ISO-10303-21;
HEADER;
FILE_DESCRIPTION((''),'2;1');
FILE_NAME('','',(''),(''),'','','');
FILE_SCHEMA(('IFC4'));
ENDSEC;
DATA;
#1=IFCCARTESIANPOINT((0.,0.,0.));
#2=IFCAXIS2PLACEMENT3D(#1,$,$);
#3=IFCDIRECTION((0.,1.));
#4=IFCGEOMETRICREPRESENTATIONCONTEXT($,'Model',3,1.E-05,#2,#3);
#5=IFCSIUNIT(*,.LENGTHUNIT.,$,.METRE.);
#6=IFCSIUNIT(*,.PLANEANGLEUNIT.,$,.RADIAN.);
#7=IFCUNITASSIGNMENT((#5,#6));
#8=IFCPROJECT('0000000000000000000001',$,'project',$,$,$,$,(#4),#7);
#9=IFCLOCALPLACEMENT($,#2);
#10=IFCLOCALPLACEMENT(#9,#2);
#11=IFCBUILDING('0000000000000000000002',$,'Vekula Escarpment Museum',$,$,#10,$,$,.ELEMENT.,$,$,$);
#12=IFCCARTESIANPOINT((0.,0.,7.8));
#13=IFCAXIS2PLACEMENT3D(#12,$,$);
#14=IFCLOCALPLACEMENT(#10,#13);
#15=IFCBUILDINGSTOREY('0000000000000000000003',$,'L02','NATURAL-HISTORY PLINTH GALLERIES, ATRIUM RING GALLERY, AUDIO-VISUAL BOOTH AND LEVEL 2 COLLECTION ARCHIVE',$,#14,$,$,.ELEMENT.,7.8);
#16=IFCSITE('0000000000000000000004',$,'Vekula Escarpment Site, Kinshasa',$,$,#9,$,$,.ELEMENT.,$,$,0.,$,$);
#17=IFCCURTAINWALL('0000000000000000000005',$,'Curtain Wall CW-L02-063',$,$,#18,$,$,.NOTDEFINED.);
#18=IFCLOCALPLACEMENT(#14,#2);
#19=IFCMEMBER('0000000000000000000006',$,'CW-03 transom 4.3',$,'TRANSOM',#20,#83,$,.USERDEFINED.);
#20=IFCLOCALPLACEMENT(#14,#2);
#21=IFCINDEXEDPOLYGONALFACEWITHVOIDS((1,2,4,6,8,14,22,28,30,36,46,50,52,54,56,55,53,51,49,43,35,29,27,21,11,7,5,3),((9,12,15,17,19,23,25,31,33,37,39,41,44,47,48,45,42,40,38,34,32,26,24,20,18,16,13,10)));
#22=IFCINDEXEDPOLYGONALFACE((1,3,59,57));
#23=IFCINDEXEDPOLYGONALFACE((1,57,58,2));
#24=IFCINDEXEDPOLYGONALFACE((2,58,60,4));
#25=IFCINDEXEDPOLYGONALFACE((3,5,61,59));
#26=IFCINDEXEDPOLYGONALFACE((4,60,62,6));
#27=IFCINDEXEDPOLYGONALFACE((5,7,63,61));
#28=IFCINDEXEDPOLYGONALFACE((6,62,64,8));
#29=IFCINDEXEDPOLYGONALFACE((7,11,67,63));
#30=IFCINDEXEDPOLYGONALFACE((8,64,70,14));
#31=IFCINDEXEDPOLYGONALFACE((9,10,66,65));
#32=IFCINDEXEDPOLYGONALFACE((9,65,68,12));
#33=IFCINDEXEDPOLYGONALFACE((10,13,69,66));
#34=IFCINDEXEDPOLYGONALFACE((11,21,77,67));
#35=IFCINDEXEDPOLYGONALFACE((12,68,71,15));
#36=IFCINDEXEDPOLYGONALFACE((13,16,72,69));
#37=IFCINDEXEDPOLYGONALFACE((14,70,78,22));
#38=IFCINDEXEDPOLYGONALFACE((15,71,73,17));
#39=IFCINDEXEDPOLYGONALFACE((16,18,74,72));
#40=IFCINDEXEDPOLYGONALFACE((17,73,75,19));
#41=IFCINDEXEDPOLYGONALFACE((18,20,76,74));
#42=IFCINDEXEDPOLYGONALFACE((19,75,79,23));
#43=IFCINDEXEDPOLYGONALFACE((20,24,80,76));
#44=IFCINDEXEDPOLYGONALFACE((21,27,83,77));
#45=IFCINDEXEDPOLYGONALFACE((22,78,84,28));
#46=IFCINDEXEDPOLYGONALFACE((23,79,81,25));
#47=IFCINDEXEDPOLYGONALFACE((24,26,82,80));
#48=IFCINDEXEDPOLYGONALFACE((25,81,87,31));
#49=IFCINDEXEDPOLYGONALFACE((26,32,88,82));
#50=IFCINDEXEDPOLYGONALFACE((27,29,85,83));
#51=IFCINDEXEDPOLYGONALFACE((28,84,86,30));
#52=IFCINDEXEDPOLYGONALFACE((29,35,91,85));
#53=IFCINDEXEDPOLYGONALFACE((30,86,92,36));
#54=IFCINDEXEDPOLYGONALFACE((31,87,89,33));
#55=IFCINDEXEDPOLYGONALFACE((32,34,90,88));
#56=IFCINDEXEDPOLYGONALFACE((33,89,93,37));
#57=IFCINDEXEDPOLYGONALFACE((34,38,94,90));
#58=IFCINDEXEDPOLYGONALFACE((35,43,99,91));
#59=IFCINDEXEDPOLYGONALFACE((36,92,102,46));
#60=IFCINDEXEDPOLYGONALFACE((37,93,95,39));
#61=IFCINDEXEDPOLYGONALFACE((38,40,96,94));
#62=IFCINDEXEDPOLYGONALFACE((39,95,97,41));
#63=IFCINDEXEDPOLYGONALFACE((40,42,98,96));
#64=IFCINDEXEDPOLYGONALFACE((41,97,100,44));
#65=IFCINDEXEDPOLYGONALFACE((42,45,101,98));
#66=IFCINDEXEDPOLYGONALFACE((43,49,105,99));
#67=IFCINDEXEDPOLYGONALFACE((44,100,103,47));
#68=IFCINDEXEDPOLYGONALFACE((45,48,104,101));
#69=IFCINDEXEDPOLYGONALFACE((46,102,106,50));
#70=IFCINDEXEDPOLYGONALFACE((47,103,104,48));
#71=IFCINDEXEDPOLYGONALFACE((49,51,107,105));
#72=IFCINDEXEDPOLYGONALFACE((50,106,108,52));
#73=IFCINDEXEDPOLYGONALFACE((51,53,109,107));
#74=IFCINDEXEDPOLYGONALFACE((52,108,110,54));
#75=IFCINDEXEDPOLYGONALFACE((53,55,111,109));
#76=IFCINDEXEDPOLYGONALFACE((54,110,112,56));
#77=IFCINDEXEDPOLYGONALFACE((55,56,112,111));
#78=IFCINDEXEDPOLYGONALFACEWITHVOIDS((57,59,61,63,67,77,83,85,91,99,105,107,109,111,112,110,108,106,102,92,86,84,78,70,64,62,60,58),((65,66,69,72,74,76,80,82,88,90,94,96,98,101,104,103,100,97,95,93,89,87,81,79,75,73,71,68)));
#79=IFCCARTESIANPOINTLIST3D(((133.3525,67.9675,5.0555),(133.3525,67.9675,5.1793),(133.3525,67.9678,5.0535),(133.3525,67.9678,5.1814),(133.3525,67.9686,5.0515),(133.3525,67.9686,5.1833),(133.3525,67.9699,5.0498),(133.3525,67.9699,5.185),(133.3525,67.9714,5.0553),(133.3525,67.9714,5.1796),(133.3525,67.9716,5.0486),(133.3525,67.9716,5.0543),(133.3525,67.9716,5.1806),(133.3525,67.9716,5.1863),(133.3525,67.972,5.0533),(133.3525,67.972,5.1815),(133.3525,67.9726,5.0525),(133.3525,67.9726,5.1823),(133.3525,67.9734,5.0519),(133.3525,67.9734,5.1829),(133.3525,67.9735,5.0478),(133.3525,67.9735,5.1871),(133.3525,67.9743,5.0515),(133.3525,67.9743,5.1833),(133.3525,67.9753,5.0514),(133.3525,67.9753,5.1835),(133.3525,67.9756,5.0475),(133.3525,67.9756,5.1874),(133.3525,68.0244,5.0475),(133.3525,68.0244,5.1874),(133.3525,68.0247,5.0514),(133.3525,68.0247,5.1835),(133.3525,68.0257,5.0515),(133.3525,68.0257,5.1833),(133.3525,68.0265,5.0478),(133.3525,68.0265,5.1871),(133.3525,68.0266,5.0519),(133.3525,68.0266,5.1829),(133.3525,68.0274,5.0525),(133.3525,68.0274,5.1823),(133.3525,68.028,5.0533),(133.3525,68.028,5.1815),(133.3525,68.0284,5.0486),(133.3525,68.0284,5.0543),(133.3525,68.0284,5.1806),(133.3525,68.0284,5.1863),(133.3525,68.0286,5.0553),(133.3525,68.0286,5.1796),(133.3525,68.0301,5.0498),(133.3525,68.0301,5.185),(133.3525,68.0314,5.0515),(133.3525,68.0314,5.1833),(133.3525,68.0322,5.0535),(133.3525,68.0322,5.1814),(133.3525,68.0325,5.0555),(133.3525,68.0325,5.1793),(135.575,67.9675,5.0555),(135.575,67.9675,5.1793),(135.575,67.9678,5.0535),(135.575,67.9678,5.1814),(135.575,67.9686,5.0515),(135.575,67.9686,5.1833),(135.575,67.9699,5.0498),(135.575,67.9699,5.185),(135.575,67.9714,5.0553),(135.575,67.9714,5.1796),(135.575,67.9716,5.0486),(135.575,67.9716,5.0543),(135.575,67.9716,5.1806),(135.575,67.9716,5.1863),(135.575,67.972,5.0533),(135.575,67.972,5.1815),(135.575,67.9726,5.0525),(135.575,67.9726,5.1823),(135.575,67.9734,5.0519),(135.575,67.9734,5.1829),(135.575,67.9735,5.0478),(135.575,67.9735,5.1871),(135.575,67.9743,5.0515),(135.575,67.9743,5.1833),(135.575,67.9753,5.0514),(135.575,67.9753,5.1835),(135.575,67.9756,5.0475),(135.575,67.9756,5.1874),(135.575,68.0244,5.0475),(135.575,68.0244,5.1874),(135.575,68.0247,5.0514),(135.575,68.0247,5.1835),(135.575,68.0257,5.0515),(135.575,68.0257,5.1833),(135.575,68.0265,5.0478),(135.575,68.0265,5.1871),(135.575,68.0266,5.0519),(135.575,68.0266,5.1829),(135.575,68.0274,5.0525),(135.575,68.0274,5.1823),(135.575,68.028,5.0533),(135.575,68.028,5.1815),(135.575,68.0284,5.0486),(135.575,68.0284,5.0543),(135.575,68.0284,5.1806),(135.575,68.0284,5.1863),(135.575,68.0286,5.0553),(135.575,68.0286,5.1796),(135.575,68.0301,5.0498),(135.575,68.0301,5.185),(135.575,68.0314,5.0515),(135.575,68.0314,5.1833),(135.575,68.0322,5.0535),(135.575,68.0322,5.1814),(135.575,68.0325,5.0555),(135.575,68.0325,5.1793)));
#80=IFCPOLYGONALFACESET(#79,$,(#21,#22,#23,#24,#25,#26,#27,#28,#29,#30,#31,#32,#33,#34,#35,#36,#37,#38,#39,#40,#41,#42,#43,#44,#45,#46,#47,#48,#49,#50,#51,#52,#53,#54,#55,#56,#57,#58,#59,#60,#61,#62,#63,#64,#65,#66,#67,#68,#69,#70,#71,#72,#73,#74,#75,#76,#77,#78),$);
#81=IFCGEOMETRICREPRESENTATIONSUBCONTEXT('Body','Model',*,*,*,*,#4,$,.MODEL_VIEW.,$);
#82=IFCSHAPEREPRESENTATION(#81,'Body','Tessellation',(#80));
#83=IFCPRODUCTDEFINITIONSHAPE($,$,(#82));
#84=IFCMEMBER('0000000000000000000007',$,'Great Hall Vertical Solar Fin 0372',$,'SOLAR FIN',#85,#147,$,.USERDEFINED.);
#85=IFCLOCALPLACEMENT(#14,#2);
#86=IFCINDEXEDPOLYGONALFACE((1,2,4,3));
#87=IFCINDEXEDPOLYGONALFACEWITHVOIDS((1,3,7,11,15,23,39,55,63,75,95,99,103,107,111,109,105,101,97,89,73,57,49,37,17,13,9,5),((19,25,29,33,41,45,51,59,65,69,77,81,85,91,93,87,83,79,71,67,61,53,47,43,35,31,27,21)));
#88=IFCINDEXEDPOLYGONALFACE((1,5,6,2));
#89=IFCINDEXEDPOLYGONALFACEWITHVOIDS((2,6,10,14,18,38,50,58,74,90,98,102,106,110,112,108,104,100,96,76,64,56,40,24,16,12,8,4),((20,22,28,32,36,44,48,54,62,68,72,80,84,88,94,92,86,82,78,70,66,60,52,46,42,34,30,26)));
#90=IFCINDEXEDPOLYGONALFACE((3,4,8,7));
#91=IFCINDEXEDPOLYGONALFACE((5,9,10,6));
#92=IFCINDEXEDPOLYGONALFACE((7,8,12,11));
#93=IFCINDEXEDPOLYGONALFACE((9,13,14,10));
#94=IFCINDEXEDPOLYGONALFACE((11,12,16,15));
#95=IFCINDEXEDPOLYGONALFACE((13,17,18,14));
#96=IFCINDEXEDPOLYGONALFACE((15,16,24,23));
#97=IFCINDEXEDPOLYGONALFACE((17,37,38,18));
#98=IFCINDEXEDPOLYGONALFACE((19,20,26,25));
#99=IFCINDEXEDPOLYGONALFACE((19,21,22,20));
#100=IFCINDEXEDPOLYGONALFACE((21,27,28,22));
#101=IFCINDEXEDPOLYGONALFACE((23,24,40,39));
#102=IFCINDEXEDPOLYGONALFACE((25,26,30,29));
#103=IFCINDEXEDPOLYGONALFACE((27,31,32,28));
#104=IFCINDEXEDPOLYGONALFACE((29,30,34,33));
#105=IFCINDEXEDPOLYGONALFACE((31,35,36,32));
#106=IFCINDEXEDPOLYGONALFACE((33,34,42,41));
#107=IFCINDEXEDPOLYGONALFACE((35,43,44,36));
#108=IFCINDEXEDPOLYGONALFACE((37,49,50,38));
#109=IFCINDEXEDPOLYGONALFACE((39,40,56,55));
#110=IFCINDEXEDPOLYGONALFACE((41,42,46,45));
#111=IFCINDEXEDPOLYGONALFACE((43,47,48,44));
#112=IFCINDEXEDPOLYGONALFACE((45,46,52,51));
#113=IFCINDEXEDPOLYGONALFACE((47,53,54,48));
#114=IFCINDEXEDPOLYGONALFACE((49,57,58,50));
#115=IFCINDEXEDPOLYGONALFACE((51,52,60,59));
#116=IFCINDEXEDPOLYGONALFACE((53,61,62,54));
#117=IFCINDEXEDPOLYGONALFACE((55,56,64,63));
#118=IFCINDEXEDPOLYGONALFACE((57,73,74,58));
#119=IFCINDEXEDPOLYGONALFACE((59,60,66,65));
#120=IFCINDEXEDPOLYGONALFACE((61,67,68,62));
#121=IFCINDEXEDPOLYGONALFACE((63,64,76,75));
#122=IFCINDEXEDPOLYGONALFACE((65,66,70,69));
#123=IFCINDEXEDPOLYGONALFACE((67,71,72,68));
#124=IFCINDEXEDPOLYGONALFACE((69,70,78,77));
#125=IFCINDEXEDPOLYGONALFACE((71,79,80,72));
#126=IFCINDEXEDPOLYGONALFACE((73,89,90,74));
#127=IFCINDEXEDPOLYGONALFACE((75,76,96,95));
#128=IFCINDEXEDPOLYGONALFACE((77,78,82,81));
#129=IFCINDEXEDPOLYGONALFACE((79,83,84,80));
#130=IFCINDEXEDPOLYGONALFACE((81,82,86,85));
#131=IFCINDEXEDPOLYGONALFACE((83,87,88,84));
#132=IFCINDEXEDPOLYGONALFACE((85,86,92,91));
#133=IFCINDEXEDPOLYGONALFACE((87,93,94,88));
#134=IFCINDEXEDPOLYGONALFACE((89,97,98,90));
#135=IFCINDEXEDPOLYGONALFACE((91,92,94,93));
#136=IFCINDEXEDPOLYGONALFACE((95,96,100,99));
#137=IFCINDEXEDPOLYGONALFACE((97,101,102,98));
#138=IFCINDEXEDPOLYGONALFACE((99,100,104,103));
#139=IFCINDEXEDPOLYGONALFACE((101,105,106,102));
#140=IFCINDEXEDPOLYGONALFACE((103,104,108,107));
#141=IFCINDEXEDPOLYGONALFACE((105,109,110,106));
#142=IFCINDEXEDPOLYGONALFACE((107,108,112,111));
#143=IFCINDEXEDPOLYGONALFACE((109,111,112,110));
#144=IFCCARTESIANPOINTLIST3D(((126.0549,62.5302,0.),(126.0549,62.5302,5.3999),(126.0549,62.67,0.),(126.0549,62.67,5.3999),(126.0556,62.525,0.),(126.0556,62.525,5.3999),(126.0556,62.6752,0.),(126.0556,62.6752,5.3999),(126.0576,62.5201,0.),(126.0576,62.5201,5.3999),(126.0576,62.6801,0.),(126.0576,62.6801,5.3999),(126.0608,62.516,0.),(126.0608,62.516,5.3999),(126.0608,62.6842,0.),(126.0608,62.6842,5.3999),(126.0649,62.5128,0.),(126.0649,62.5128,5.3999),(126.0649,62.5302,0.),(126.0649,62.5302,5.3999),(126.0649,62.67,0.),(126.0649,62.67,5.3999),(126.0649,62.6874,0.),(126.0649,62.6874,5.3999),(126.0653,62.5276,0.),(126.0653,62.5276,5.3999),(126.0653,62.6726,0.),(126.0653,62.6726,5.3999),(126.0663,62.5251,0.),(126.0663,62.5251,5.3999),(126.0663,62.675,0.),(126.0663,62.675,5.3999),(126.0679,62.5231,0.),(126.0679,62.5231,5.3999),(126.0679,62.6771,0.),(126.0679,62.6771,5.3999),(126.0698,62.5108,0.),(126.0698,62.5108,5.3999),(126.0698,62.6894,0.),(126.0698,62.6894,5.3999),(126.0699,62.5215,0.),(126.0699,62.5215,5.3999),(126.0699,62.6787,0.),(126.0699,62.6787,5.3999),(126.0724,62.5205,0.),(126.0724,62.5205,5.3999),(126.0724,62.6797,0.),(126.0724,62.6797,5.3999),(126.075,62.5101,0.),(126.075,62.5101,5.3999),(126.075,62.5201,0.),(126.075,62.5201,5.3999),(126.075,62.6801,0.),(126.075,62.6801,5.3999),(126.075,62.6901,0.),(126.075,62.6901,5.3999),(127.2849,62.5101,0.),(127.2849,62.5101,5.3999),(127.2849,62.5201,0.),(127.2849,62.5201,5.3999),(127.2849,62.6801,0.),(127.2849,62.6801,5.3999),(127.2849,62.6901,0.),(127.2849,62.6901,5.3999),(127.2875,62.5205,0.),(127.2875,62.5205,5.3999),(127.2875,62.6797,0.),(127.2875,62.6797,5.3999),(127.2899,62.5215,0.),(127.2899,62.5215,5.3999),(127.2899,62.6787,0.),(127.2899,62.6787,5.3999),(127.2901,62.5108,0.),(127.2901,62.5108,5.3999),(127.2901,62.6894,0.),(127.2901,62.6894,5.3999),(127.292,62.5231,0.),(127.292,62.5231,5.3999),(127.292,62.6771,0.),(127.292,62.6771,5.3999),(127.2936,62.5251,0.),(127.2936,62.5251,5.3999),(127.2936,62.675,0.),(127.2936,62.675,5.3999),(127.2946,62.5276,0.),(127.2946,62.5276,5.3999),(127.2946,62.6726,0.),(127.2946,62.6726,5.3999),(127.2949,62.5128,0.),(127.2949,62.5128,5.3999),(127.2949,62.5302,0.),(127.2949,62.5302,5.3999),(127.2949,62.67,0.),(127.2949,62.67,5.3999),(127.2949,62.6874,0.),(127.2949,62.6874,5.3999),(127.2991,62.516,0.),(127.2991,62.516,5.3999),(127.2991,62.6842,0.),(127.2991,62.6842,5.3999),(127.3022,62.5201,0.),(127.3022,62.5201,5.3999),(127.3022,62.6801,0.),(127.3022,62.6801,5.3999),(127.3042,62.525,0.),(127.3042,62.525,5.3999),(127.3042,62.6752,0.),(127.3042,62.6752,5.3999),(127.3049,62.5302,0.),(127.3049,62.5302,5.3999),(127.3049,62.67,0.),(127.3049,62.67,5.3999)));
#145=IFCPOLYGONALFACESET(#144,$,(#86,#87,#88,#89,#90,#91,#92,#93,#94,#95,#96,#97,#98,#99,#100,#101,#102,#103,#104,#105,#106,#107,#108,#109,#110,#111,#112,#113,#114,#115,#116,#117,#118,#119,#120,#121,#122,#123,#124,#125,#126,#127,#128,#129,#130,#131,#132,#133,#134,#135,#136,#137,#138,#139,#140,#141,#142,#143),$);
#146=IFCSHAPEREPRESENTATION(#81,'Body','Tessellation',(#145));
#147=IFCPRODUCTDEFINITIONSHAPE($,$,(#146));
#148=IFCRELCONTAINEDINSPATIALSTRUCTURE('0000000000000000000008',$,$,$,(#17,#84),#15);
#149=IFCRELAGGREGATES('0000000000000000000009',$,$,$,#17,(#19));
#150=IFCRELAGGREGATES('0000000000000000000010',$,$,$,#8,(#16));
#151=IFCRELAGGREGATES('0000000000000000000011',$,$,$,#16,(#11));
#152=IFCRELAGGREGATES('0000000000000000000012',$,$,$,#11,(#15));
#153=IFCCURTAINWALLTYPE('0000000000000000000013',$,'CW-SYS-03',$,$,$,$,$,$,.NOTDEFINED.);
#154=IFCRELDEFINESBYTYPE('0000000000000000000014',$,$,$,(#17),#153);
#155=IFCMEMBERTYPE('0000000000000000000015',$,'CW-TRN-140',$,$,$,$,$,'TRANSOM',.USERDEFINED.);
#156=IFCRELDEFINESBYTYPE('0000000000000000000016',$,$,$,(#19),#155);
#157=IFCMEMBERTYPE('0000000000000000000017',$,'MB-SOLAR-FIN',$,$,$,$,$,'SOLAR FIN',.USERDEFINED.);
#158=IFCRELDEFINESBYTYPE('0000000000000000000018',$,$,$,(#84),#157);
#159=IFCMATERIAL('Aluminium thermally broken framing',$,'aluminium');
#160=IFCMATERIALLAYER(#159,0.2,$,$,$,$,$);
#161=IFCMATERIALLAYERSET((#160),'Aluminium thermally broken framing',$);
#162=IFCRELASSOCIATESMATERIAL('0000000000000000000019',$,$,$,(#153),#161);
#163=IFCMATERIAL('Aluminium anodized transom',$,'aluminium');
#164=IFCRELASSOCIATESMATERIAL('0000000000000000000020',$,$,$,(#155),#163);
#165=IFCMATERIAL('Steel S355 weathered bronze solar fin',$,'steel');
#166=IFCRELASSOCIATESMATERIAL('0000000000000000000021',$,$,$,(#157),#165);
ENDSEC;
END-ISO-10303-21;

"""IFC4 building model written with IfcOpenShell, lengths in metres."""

from ifc_helpers import new_model, si_unit, direction, frame, origin, origin_2d, place, context, subcontext, project, spatial, hollow_rectangle, extrude, material, layer, layer_set, material_profile, profile_set, type_object, element, aggregate, save


model = new_model("IFC4")

# Units and contexts
model_context = context("Model", 3, precision=1e-05, world=origin(), true_north=direction((0.0, 1.0)))
body_context = subcontext(model_context, "Body", "Model", "MODEL_VIEW")
ifc_project = project(units=[si_unit("LENGTHUNIT", "METRE"), si_unit("PLANEANGLEUNIT", "RADIAN")], contexts=[model_context])

# Site, building, storey
site_placement = place(None, origin())
site = spatial("IfcSite", under=ifc_project, at=site_placement, Name="Vekula Escarpment Site, Kinshasa", CompositionType="ELEMENT", RefElevation=0.0)
building_placement = place(site_placement, origin())
building = spatial("IfcBuilding", under=site, at=building_placement, Name="Vekula Escarpment Museum", CompositionType="ELEMENT")
storey_placement = place(building_placement, frame((0.0, 0.0, 7.8)))
storey = spatial("IfcBuildingStorey", under=building, at=storey_placement, Name="L02", Description="NATURAL-HISTORY PLINTH GALLERIES, ATRIUM RING GALLERY, AUDIO-VISUAL BOOTH AND LEVEL 2 COLLECTION ARCHIVE", CompositionType="ELEMENT", Elevation=7.8)

# Curtain wall, member
ifc_material_1 = material(Name="Aluminium thermally broken framing", Category="aluminium")
ifc_layer_1 = layer(ifc_material_1, 0.2)
ifc_layer_set_1 = layer_set([ifc_layer_1], Name="Aluminium thermally broken framing")
curtain_wall_type = type_object("IfcCurtainWallType", Name="CW-SYS-03", PredefinedType="NOTDEFINED", material=ifc_layer_set_1)
curtain_wall_placement = place(storey_placement, origin())
curtain_wall = element("IfcCurtainWall", 1, at=curtain_wall_placement, inside=storey, type_object=curtain_wall_type, Name="Curtain Wall CW-L02-063", PredefinedType="NOTDEFINED")
ifc_material_2 = material(Name="Aluminium anodized transom", Category="aluminium")
ifc_material_profile_1 = material_profile(ifc_material_2, hollow_rectangle(XDim=0.0649, YDim=0.1399, WallThickness=0.0039, InnerFilletRadius=0.0039, OuterFilletRadius=0.0081, at=origin_2d()), Name="ALU 140x65x4")
ifc_profile_set_1 = profile_set([ifc_material_profile_1], Name="Aluminium anodized transom")
member_type_1 = type_object("IfcMemberType", Name="CW-TRN-140", ElementType="TRANSOM", PredefinedType="USERDEFINED", material=ifc_profile_set_1)
member_1_placement = place(storey_placement, frame((133.3525, 68.0, 5.1174), z_axis=(1.0, 0.0, 0.0), x_axis=(0.0, 1.0, 0.0)))
member_1 = element("IfcMember", 2, at=member_1_placement, type_object=member_type_1, Name="CW-03 transom 4.3", ObjectType="TRANSOM", PredefinedType="USERDEFINED", context=body_context, shape_type="SweptSolid", body=[
    extrude(hollow_rectangle(XDim=0.0649, YDim=0.1399, WallThickness=0.0039, InnerFilletRadius=0.0039, OuterFilletRadius=0.0081, at=origin_2d()), origin(), (0.0, 0.0, 1.0), 2.2224),
])

# Member
ifc_material_3 = material(Name="Steel S355 weathered bronze solar fin", Category="steel")
ifc_material_profile_2 = material_profile(ifc_material_3, hollow_rectangle(XDim=0.1799, YDim=1.25, WallThickness=0.01, InnerFilletRadius=0.01, OuterFilletRadius=0.02, at=origin_2d()), Name="RHS 1250x180x10")
ifc_profile_set_2 = profile_set([ifc_material_profile_2], Name="Steel S355 weathered bronze solar fin")
member_type_2 = type_object("IfcMemberType", Name="MB-SOLAR-FIN", ElementType="SOLAR FIN", PredefinedType="USERDEFINED", material=ifc_profile_set_2)
for number, where, z_axis, x_axis, name in (
    (3, (126.6799, 62.6001, 0.0), (0.0, 0.0, 1.0), (0.0, 1.0, 0.0), "Great Hall Vertical Solar Fin 0372"),
):
    element("IfcMember", number, at=place(storey_placement, frame(where, z_axis=z_axis, x_axis=x_axis)), inside=storey, type_object=member_type_2, Name=name, ObjectType="SOLAR FIN", PredefinedType="USERDEFINED", context=body_context, shape_type="SweptSolid", body=[
        extrude(hollow_rectangle(XDim=0.1799, YDim=1.25, WallThickness=0.01, InnerFilletRadius=0.01, OuterFilletRadius=0.02, at=origin_2d()), origin(), (0.0, 0.0, 1.0), 5.3999),
    ])

aggregate(curtain_wall, [member_1])

save(model, "model.ifc")
